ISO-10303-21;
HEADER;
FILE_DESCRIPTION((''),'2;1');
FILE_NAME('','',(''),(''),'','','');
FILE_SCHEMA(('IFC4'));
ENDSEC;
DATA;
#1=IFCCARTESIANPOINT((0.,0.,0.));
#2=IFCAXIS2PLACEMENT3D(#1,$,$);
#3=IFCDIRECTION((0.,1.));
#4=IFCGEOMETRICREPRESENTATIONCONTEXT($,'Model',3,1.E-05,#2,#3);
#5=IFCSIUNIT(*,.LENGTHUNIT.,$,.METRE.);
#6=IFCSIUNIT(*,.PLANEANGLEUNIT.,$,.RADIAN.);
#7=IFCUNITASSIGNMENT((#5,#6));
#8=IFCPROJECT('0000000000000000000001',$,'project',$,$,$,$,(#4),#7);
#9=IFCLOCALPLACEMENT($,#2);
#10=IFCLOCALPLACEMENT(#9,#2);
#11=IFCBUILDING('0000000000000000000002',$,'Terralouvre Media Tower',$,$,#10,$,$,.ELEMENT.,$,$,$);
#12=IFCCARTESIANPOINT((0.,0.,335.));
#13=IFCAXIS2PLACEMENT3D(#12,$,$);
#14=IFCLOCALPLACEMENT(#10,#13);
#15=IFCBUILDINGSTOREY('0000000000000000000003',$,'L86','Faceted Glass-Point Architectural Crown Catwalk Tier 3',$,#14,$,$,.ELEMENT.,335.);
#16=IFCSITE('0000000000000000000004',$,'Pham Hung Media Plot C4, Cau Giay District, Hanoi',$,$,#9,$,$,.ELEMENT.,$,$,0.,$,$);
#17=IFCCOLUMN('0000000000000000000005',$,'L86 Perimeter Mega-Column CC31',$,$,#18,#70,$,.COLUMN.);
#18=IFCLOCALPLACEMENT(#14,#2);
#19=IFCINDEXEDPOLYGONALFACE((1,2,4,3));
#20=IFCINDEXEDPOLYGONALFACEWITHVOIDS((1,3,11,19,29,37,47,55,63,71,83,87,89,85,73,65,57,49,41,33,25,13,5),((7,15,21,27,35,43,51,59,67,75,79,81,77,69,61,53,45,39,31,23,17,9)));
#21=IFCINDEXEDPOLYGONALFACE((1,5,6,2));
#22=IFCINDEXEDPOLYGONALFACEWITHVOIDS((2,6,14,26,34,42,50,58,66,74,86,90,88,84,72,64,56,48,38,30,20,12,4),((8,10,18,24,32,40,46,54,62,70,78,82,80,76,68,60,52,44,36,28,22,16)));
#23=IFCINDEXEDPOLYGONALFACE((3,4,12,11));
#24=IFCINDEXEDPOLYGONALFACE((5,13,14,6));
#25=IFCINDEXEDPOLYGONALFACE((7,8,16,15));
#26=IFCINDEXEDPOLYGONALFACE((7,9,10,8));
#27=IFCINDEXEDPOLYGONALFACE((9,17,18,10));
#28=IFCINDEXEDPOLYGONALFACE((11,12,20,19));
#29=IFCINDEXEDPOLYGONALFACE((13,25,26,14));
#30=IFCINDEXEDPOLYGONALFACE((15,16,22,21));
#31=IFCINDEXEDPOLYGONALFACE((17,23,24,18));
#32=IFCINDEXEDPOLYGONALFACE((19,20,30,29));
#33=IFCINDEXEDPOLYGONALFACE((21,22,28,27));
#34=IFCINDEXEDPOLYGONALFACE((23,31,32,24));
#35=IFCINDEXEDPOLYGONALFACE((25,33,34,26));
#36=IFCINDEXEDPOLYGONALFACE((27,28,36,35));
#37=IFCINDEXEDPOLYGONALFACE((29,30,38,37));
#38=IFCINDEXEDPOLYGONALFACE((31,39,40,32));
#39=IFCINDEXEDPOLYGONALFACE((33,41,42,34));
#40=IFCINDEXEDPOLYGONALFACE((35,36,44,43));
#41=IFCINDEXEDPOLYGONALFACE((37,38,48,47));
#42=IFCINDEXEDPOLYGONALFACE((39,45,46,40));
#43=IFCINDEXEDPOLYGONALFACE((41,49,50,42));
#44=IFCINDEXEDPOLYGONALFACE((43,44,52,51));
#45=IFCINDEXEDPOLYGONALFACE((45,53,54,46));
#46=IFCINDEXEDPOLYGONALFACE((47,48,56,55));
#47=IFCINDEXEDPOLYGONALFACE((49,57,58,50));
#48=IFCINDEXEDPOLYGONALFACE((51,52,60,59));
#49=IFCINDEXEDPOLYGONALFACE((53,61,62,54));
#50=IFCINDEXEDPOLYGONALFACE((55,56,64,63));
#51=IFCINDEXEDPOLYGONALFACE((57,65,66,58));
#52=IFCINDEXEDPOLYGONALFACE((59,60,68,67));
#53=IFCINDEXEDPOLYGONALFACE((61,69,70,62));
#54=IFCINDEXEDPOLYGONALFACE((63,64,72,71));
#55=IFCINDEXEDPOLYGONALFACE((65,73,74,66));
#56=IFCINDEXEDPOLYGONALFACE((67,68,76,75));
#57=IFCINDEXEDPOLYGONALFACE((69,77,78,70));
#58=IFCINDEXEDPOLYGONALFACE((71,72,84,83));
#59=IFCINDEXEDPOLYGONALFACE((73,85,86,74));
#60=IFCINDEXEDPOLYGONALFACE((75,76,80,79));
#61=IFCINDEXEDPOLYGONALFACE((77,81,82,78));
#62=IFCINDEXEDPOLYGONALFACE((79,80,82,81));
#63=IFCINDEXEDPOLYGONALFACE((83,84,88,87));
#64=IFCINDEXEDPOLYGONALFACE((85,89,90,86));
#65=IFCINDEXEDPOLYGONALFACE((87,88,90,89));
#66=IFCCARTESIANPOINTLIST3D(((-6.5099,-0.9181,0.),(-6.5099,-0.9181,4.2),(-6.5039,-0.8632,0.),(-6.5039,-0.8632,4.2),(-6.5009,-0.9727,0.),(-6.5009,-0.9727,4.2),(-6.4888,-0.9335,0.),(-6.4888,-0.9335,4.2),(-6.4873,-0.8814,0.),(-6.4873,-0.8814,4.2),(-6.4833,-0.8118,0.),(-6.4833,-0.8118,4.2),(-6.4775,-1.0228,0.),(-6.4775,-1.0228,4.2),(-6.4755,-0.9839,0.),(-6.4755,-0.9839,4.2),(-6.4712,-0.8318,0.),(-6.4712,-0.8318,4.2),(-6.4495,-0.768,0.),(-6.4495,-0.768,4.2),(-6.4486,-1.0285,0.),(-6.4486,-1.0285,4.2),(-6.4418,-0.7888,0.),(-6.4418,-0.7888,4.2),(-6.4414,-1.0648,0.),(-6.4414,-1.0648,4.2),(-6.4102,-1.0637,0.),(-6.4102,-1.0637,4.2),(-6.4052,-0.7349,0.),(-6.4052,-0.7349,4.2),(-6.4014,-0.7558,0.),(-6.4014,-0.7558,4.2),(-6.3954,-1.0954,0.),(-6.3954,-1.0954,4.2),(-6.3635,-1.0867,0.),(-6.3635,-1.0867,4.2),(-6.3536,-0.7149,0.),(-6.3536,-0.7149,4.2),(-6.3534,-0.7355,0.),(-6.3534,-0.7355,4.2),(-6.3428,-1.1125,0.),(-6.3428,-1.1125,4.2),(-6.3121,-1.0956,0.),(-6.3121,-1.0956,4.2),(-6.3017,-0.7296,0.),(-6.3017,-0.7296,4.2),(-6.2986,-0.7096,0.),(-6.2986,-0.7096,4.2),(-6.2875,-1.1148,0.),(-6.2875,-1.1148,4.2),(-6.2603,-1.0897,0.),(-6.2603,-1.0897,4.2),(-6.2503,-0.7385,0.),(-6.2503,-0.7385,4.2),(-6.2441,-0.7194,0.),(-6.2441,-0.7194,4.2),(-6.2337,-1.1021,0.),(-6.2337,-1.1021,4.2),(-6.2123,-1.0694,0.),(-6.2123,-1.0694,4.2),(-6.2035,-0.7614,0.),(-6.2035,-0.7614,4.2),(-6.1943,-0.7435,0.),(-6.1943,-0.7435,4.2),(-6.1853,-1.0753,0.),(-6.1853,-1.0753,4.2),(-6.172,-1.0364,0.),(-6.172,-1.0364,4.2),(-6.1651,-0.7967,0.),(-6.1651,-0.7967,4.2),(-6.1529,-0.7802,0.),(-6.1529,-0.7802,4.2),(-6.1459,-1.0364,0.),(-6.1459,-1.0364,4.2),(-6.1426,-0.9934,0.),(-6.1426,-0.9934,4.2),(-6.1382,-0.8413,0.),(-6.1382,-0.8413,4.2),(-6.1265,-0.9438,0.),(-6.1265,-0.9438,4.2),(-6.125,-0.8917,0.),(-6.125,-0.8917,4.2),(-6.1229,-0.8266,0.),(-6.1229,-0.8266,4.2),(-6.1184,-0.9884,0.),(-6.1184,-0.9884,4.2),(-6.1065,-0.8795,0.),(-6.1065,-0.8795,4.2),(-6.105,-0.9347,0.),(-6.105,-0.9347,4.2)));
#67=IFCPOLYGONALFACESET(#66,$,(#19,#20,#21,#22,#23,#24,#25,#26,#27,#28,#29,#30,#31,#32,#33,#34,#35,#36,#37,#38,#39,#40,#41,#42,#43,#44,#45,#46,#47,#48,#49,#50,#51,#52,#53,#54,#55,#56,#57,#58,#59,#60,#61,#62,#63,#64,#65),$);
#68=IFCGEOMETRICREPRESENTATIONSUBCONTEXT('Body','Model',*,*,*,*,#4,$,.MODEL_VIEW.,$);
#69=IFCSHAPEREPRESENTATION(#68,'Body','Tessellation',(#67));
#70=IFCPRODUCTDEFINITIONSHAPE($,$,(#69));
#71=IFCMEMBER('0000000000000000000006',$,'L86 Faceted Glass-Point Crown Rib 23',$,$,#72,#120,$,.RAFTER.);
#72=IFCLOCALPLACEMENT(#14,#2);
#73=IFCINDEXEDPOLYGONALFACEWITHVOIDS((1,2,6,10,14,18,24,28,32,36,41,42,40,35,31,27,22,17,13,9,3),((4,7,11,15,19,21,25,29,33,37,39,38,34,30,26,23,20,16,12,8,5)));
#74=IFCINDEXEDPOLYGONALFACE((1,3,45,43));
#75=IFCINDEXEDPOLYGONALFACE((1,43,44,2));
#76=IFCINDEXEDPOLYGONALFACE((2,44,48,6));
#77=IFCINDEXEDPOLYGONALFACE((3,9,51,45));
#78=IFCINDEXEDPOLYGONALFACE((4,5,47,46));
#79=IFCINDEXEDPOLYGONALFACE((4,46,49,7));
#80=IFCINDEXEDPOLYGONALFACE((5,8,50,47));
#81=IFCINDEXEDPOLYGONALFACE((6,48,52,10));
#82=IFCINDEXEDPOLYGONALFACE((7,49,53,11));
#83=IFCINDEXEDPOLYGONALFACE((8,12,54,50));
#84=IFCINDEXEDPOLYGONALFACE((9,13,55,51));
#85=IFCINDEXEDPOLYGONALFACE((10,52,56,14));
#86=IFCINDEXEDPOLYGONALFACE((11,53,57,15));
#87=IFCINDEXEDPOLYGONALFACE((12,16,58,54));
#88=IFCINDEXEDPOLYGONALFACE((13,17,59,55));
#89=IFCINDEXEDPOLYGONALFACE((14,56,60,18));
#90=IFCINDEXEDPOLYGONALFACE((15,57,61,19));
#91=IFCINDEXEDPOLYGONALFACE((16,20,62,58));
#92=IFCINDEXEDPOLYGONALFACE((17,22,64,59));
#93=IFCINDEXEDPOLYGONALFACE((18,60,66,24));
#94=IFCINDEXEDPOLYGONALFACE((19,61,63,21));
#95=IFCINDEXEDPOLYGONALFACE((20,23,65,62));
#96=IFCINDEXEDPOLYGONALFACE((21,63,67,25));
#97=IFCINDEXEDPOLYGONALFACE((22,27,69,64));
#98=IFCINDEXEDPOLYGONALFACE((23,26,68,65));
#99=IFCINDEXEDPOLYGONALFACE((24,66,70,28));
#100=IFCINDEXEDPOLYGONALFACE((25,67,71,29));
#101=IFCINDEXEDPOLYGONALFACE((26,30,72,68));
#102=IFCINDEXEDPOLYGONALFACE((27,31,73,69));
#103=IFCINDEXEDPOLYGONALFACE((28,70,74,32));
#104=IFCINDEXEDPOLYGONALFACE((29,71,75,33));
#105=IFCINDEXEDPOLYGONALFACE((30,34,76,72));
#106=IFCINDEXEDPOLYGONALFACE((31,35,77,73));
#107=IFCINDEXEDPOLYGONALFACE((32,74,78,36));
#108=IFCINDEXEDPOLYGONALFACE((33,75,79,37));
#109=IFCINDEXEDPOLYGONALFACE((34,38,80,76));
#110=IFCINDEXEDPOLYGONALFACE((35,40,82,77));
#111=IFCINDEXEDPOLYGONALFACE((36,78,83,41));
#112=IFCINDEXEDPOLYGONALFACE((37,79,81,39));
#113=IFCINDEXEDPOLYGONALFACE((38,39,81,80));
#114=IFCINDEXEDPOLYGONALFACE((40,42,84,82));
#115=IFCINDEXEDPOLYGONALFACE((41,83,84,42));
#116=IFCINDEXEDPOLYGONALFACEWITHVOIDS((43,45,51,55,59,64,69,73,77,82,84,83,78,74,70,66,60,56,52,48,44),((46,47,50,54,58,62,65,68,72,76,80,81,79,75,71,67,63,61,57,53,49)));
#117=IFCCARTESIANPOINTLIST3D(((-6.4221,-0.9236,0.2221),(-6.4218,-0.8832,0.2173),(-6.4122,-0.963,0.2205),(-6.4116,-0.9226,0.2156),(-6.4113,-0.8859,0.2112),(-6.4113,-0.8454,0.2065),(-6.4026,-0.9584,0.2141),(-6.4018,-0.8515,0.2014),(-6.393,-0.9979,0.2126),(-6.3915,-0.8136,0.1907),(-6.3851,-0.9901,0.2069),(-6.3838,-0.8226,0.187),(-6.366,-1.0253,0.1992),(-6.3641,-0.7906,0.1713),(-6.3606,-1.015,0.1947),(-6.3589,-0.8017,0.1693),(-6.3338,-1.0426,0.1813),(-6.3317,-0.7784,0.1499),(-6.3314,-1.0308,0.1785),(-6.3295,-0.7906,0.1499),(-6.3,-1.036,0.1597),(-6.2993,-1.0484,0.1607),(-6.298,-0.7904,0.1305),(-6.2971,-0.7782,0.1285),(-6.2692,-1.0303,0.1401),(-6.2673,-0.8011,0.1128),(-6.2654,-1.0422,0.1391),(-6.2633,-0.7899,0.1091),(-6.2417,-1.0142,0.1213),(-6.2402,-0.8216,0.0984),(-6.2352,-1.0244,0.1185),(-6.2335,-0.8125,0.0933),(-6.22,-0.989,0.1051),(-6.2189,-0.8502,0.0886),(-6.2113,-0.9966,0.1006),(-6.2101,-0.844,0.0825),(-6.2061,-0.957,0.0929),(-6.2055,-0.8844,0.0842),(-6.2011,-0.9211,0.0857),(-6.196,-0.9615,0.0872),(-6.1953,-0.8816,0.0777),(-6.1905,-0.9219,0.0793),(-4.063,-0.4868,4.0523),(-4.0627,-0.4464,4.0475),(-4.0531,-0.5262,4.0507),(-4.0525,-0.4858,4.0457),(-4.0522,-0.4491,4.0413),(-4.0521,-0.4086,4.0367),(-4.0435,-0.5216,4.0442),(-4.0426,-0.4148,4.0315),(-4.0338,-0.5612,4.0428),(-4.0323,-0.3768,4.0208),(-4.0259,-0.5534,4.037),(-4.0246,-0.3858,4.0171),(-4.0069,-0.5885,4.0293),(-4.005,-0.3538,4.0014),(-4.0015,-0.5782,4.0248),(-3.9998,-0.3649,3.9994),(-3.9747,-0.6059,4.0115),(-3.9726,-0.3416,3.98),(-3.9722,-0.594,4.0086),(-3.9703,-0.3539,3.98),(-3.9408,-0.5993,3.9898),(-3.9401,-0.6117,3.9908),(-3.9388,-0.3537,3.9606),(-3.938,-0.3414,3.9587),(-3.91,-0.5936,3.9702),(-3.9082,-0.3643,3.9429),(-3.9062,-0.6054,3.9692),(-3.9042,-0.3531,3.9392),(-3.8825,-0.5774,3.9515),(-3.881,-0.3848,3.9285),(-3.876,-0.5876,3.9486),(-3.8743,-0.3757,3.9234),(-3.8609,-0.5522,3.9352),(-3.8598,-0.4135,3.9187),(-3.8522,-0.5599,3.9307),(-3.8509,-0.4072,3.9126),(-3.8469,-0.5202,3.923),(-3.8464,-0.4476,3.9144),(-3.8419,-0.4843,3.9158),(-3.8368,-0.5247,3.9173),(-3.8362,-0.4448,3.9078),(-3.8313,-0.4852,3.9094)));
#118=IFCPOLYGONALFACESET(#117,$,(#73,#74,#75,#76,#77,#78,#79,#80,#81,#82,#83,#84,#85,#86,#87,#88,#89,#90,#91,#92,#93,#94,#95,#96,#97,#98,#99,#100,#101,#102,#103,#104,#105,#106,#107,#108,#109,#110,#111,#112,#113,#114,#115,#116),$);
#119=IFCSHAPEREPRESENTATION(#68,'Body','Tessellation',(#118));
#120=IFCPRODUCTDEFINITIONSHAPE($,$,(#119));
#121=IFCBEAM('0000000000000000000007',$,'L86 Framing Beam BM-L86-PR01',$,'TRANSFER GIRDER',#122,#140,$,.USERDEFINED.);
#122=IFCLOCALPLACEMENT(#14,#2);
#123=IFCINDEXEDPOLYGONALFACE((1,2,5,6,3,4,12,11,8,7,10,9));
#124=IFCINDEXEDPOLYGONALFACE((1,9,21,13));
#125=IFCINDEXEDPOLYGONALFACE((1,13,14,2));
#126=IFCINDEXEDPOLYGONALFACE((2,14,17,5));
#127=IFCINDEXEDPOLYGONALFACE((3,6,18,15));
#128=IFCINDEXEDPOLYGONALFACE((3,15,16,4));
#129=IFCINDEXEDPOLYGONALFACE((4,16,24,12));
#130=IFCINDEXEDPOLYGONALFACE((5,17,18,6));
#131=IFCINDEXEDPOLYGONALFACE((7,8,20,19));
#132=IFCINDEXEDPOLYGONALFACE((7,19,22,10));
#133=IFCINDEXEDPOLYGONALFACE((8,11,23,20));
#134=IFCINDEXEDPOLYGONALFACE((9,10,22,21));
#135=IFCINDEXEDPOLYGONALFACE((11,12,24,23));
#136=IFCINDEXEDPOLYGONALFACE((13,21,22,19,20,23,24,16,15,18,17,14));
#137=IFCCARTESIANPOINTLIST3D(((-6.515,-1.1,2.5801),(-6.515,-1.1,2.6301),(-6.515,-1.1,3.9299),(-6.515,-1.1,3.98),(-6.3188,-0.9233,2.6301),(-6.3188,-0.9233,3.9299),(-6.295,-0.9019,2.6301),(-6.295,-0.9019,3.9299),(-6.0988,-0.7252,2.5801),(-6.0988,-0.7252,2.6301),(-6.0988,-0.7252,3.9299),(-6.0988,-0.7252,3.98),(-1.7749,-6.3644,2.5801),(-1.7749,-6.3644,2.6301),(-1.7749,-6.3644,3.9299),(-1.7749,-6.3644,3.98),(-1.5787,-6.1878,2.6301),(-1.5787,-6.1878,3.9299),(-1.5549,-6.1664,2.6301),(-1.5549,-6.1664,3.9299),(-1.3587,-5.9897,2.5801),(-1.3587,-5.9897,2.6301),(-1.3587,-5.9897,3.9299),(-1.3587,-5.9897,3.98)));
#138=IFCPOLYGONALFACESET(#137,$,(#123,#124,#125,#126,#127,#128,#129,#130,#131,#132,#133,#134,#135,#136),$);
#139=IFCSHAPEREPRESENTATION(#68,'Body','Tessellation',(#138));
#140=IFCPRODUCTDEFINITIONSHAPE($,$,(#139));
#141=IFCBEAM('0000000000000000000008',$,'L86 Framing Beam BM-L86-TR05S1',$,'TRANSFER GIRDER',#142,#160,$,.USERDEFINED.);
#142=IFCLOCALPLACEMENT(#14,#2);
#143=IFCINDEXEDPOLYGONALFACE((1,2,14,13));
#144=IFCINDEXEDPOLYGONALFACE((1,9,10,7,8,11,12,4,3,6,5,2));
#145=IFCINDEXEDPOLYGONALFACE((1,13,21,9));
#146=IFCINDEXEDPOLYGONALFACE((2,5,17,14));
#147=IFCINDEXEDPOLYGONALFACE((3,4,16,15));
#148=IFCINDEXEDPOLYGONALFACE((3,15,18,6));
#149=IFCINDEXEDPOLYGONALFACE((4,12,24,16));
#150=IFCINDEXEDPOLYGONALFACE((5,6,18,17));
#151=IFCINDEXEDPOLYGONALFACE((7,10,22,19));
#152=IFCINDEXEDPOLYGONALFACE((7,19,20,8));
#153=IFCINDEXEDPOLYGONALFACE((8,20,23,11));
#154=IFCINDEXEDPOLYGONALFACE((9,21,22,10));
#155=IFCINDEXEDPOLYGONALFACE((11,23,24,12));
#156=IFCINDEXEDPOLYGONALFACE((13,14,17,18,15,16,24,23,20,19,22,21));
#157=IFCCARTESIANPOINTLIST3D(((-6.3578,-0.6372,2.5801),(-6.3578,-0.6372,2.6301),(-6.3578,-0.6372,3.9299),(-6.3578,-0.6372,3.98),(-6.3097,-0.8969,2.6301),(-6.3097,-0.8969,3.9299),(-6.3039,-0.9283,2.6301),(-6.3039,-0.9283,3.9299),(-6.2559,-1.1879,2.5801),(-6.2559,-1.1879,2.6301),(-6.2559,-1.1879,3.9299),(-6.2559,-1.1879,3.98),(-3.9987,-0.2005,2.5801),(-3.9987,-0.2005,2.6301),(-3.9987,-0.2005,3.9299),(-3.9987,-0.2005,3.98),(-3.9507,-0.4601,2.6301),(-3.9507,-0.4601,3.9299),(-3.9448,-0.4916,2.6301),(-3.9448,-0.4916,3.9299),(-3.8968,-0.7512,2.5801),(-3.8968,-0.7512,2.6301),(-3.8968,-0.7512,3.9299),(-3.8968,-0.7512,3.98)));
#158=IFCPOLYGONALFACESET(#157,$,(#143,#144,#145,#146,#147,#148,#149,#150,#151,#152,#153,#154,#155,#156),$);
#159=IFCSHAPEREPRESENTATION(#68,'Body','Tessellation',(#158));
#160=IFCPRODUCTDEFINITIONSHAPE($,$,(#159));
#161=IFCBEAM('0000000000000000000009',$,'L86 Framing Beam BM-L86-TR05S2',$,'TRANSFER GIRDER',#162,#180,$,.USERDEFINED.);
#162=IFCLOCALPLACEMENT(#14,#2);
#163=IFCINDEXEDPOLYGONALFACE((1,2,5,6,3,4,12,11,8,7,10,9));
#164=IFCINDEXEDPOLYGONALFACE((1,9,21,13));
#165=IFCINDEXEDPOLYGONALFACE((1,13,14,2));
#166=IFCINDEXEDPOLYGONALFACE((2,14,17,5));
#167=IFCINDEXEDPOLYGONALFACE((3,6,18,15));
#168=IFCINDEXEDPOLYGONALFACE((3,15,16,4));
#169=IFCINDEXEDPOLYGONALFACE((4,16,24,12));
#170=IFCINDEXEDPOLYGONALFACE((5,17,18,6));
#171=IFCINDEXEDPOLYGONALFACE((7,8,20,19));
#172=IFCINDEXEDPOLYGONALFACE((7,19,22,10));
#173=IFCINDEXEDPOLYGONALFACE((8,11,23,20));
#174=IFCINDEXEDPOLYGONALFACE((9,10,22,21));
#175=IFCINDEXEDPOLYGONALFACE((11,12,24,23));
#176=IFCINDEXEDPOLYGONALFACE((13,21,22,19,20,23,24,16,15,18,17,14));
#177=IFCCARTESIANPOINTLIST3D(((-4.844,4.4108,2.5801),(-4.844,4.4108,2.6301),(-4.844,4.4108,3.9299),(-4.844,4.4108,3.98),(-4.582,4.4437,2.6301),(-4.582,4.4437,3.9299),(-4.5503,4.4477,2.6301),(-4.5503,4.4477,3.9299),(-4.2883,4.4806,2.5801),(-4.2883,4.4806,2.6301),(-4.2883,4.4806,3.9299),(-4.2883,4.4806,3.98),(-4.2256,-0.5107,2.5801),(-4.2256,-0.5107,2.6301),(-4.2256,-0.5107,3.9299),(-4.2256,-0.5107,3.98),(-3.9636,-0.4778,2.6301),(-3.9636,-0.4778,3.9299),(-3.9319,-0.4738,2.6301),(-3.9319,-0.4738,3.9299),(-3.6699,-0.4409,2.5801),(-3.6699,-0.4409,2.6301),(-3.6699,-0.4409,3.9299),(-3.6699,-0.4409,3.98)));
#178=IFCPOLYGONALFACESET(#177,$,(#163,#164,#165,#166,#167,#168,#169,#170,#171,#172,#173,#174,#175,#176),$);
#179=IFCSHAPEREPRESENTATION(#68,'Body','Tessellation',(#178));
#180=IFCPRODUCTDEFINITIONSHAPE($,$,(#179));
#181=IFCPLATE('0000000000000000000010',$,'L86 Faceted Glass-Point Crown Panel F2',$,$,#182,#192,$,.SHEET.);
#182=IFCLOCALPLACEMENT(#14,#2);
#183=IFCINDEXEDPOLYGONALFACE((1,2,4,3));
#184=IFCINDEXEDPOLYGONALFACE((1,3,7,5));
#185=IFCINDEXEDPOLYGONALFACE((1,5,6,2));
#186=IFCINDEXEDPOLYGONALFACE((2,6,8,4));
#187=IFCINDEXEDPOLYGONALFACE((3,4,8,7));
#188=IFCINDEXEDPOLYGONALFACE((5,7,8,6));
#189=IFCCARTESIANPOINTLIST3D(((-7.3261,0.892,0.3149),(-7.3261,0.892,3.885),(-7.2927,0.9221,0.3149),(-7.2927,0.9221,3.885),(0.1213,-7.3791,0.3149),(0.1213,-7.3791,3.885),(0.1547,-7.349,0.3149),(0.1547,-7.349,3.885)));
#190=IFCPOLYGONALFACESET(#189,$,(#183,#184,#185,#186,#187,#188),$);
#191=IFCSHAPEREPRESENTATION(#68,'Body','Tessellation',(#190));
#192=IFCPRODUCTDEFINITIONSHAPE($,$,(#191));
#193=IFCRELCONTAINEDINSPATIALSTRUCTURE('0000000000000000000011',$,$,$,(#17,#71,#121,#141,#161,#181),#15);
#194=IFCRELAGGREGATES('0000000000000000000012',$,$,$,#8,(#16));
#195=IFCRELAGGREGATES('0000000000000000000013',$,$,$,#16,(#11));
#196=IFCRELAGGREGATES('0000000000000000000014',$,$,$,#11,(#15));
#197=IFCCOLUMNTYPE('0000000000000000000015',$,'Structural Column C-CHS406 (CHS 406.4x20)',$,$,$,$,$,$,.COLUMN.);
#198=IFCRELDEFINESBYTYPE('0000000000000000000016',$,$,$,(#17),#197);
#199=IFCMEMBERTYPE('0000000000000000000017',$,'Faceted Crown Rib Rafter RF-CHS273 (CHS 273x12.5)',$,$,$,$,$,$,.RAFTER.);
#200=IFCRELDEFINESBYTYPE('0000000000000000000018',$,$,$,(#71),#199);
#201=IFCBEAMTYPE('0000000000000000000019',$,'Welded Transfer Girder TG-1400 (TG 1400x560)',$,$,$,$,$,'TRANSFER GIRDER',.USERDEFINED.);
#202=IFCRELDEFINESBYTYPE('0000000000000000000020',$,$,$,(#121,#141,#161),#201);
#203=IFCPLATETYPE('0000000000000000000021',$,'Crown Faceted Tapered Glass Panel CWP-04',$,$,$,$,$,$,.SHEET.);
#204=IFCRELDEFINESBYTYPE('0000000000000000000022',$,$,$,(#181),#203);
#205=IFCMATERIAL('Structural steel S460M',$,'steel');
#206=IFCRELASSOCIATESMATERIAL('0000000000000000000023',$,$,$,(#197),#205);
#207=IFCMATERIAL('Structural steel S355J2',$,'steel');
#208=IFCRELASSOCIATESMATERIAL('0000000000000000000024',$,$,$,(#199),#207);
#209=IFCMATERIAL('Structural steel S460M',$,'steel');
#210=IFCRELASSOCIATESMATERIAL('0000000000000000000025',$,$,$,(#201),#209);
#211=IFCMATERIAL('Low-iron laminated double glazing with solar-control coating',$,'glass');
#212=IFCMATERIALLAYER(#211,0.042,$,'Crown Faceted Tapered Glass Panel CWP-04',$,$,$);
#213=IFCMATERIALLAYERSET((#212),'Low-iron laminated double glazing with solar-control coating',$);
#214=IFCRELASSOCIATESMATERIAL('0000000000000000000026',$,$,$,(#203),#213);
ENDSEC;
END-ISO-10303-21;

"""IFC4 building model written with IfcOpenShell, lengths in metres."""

from ifc_helpers import new_model, si_unit, direction, frame, origin, origin_2d, place, context, subcontext, project, spatial, rectangle, hollow_circle, i_section, extrude, material, layer, layer_set, material_profile, profile_set, type_object, element, save


model = new_model("IFC4")

# Units and contexts
model_context = context("Model", 3, precision=1e-05, world=origin(), true_north=direction((0.0, 1.0)))
body_context = subcontext(model_context, "Body", "Model", "MODEL_VIEW")
ifc_project = project(units=[si_unit("LENGTHUNIT", "METRE"), si_unit("PLANEANGLEUNIT", "RADIAN")], contexts=[model_context])

# Site, building, storey
site_placement = place(None, origin())
site = spatial("IfcSite", under=ifc_project, at=site_placement, Name="Pham Hung Media Plot C4, Cau Giay District, Hanoi", CompositionType="ELEMENT", RefElevation=0.0)
building_placement = place(site_placement, origin())
building = spatial("IfcBuilding", under=site, at=building_placement, Name="Terralouvre Media Tower", CompositionType="ELEMENT")
storey_placement = place(building_placement, frame((0.0, 0.0, 335.0)))
storey = spatial("IfcBuildingStorey", under=building, at=storey_placement, Name="L86", Description="Faceted Glass-Point Architectural Crown Catwalk Tier 3", CompositionType="ELEMENT", Elevation=335.0)

# Column
ifc_material_1 = material(Name="Structural steel S460M", Category="steel")
ifc_material_profile_1 = material_profile(ifc_material_1, hollow_circle(Radius=0.2031, WallThickness=0.02, at=origin_2d()), Name="CHS 406.4x20")
ifc_profile_set_1 = profile_set([ifc_material_profile_1], Name="Structural steel S460M")
column_type = type_object("IfcColumnType", Name="Structural Column C-CHS406 (CHS 406.4x20)", PredefinedType="COLUMN", material=ifc_profile_set_1)
column_placement = place(storey_placement, frame((-6.3069, -0.9126, 0.0), z_axis=(0.0, 0.0, 1.0), x_axis=(0.309017, 0.951057, 0.0)))
element("IfcColumn", 1, at=column_placement, inside=storey, type_object=column_type, Name="L86 Perimeter Mega-Column CC31", PredefinedType="COLUMN", context=body_context, shape_type="SweptSolid", body=[
    extrude(hollow_circle(Radius=0.2031, WallThickness=0.02, at=origin_2d()), origin(), (0.0, 0.0, 1.0), 4.2),
])

# Member
ifc_material_2 = material(Name="Structural steel S355J2", Category="steel")
ifc_material_profile_2 = material_profile(ifc_material_2, hollow_circle(Radius=0.1365, WallThickness=0.0125, at=origin_2d()), Name="CHS 273x12.5")
ifc_profile_set_2 = profile_set([ifc_material_profile_2], Name="Structural steel S355J2")
member_type = type_object("IfcMemberType", Name="Faceted Crown Rib Rafter RF-CHS273 (CHS 273x12.5)", PredefinedType="RAFTER", material=ifc_profile_set_2)
member_placement = place(storey_placement, frame((-6.3069, -0.9126, 0.1499), z_axis=(0.521991, 0.096641, 0.847459), x_axis=(-0.182046, 0.98329, 0.0)))
element("IfcMember", 2, at=member_placement, inside=storey, type_object=member_type, Name="L86 Faceted Glass-Point Crown Rib 23", PredefinedType="RAFTER", context=body_context, shape_type="SweptSolid", body=[
    extrude(hollow_circle(Radius=0.1365, WallThickness=0.0125, at=origin_2d()), origin(), (0.0, 0.0, 1.0), 4.5195),
])

# Beams
ifc_material_3 = material(Name="Structural steel S460M", Category="steel")
ifc_material_profile_3 = material_profile(ifc_material_3, i_section(OverallWidth=0.5601, OverallDepth=1.3999, WebThickness=0.032, FlangeThickness=0.05, at=origin_2d()), Name="TG 1400x560")
ifc_profile_set_3 = profile_set([ifc_material_profile_3], Name="Structural steel S460M")
beam_type = type_object("IfcBeamType", Name="Welded Transfer Girder TG-1400 (TG 1400x560)", ElementType="TRANSFER GIRDER", PredefinedType="USERDEFINED", material=ifc_profile_set_3)
beam_1_placement = place(storey_placement, frame((-6.3069, -0.9126, 3.28), z_axis=(0.669123, -0.743152, 0.0), x_axis=(0.743152, 0.669123, 0.0)))
element("IfcBeam", 3, at=beam_1_placement, inside=storey, type_object=beam_type, Name="L86 Framing Beam BM-L86-PR01", ObjectType="TRANSFER GIRDER", PredefinedType="USERDEFINED", context=body_context, shape_type="SweptSolid", body=[
    extrude(i_section(OverallWidth=0.5601, OverallDepth=1.3999, WebThickness=0.032, FlangeThickness=0.05, at=origin_2d()), origin(), (0.0, 0.0, 1.0), 7.084),
])
beam_2_placement = place(storey_placement, frame((-3.9478, -0.4758, 3.28), z_axis=(-0.98329, -0.182046, 0.0), x_axis=(0.182046, -0.98329, 0.0)))
element("IfcBeam", 4, at=beam_2_placement, inside=storey, type_object=beam_type, Name="L86 Framing Beam BM-L86-TR05S1", ObjectType="TRANSFER GIRDER", PredefinedType="USERDEFINED", context=body_context, shape_type="SweptSolid", body=[
    extrude(i_section(OverallWidth=0.5601, OverallDepth=1.3999, WebThickness=0.032, FlangeThickness=0.05, at=origin_2d()), origin(), (0.0, 0.0, 1.0), 2.3992),
])
beam_3_placement = place(storey_placement, frame((-3.9478, -0.4758, 3.28), z_axis=(-0.124677, 0.992197, 0.0), x_axis=(-0.992197, -0.124677, 0.0)))
element("IfcBeam", 5, at=beam_3_placement, inside=storey, type_object=beam_type, Name="L86 Framing Beam BM-L86-TR05S2", ObjectType="TRANSFER GIRDER", PredefinedType="USERDEFINED", context=body_context, shape_type="SweptSolid", body=[
    extrude(i_section(OverallWidth=0.5601, OverallDepth=1.3999, WebThickness=0.032, FlangeThickness=0.05, at=origin_2d()), origin(), (0.0, 0.0, 1.0), 4.9602),
])

# Plate
ifc_material_4 = material(Name="Low-iron laminated double glazing with solar-control coating", Category="glass")
ifc_layer_1 = layer(ifc_material_4, 0.042, Name="Crown Faceted Tapered Glass Panel CWP-04")
ifc_layer_set_1 = layer_set([ifc_layer_1], Name="Low-iron laminated double glazing with solar-control coating")
plate_type_1 = type_object("IfcPlateType", Name="Crown Faceted Tapered Glass Panel CWP-04", PredefinedType="SHEET", material=ifc_layer_set_1)
plate_1_placement = place(storey_placement, frame((-3.5857, -3.2285, 0.3149), z_axis=(0.0, 0.0, 1.0), x_axis=(0.669131, -0.743145, 0.0)))
element("IfcPlate", 6, at=plate_1_placement, inside=storey, type_object=plate_type_1, Name="L86 Faceted Glass-Point Crown Panel F2", PredefinedType="SHEET", context=body_context, shape_type="SweptSolid", body=[
    extrude(rectangle(XDim=11.1299, YDim=0.0449, at=origin_2d()), origin(), (0.0, 0.0, 1.0), 3.5701),
])

save(model, "model.ifc")
